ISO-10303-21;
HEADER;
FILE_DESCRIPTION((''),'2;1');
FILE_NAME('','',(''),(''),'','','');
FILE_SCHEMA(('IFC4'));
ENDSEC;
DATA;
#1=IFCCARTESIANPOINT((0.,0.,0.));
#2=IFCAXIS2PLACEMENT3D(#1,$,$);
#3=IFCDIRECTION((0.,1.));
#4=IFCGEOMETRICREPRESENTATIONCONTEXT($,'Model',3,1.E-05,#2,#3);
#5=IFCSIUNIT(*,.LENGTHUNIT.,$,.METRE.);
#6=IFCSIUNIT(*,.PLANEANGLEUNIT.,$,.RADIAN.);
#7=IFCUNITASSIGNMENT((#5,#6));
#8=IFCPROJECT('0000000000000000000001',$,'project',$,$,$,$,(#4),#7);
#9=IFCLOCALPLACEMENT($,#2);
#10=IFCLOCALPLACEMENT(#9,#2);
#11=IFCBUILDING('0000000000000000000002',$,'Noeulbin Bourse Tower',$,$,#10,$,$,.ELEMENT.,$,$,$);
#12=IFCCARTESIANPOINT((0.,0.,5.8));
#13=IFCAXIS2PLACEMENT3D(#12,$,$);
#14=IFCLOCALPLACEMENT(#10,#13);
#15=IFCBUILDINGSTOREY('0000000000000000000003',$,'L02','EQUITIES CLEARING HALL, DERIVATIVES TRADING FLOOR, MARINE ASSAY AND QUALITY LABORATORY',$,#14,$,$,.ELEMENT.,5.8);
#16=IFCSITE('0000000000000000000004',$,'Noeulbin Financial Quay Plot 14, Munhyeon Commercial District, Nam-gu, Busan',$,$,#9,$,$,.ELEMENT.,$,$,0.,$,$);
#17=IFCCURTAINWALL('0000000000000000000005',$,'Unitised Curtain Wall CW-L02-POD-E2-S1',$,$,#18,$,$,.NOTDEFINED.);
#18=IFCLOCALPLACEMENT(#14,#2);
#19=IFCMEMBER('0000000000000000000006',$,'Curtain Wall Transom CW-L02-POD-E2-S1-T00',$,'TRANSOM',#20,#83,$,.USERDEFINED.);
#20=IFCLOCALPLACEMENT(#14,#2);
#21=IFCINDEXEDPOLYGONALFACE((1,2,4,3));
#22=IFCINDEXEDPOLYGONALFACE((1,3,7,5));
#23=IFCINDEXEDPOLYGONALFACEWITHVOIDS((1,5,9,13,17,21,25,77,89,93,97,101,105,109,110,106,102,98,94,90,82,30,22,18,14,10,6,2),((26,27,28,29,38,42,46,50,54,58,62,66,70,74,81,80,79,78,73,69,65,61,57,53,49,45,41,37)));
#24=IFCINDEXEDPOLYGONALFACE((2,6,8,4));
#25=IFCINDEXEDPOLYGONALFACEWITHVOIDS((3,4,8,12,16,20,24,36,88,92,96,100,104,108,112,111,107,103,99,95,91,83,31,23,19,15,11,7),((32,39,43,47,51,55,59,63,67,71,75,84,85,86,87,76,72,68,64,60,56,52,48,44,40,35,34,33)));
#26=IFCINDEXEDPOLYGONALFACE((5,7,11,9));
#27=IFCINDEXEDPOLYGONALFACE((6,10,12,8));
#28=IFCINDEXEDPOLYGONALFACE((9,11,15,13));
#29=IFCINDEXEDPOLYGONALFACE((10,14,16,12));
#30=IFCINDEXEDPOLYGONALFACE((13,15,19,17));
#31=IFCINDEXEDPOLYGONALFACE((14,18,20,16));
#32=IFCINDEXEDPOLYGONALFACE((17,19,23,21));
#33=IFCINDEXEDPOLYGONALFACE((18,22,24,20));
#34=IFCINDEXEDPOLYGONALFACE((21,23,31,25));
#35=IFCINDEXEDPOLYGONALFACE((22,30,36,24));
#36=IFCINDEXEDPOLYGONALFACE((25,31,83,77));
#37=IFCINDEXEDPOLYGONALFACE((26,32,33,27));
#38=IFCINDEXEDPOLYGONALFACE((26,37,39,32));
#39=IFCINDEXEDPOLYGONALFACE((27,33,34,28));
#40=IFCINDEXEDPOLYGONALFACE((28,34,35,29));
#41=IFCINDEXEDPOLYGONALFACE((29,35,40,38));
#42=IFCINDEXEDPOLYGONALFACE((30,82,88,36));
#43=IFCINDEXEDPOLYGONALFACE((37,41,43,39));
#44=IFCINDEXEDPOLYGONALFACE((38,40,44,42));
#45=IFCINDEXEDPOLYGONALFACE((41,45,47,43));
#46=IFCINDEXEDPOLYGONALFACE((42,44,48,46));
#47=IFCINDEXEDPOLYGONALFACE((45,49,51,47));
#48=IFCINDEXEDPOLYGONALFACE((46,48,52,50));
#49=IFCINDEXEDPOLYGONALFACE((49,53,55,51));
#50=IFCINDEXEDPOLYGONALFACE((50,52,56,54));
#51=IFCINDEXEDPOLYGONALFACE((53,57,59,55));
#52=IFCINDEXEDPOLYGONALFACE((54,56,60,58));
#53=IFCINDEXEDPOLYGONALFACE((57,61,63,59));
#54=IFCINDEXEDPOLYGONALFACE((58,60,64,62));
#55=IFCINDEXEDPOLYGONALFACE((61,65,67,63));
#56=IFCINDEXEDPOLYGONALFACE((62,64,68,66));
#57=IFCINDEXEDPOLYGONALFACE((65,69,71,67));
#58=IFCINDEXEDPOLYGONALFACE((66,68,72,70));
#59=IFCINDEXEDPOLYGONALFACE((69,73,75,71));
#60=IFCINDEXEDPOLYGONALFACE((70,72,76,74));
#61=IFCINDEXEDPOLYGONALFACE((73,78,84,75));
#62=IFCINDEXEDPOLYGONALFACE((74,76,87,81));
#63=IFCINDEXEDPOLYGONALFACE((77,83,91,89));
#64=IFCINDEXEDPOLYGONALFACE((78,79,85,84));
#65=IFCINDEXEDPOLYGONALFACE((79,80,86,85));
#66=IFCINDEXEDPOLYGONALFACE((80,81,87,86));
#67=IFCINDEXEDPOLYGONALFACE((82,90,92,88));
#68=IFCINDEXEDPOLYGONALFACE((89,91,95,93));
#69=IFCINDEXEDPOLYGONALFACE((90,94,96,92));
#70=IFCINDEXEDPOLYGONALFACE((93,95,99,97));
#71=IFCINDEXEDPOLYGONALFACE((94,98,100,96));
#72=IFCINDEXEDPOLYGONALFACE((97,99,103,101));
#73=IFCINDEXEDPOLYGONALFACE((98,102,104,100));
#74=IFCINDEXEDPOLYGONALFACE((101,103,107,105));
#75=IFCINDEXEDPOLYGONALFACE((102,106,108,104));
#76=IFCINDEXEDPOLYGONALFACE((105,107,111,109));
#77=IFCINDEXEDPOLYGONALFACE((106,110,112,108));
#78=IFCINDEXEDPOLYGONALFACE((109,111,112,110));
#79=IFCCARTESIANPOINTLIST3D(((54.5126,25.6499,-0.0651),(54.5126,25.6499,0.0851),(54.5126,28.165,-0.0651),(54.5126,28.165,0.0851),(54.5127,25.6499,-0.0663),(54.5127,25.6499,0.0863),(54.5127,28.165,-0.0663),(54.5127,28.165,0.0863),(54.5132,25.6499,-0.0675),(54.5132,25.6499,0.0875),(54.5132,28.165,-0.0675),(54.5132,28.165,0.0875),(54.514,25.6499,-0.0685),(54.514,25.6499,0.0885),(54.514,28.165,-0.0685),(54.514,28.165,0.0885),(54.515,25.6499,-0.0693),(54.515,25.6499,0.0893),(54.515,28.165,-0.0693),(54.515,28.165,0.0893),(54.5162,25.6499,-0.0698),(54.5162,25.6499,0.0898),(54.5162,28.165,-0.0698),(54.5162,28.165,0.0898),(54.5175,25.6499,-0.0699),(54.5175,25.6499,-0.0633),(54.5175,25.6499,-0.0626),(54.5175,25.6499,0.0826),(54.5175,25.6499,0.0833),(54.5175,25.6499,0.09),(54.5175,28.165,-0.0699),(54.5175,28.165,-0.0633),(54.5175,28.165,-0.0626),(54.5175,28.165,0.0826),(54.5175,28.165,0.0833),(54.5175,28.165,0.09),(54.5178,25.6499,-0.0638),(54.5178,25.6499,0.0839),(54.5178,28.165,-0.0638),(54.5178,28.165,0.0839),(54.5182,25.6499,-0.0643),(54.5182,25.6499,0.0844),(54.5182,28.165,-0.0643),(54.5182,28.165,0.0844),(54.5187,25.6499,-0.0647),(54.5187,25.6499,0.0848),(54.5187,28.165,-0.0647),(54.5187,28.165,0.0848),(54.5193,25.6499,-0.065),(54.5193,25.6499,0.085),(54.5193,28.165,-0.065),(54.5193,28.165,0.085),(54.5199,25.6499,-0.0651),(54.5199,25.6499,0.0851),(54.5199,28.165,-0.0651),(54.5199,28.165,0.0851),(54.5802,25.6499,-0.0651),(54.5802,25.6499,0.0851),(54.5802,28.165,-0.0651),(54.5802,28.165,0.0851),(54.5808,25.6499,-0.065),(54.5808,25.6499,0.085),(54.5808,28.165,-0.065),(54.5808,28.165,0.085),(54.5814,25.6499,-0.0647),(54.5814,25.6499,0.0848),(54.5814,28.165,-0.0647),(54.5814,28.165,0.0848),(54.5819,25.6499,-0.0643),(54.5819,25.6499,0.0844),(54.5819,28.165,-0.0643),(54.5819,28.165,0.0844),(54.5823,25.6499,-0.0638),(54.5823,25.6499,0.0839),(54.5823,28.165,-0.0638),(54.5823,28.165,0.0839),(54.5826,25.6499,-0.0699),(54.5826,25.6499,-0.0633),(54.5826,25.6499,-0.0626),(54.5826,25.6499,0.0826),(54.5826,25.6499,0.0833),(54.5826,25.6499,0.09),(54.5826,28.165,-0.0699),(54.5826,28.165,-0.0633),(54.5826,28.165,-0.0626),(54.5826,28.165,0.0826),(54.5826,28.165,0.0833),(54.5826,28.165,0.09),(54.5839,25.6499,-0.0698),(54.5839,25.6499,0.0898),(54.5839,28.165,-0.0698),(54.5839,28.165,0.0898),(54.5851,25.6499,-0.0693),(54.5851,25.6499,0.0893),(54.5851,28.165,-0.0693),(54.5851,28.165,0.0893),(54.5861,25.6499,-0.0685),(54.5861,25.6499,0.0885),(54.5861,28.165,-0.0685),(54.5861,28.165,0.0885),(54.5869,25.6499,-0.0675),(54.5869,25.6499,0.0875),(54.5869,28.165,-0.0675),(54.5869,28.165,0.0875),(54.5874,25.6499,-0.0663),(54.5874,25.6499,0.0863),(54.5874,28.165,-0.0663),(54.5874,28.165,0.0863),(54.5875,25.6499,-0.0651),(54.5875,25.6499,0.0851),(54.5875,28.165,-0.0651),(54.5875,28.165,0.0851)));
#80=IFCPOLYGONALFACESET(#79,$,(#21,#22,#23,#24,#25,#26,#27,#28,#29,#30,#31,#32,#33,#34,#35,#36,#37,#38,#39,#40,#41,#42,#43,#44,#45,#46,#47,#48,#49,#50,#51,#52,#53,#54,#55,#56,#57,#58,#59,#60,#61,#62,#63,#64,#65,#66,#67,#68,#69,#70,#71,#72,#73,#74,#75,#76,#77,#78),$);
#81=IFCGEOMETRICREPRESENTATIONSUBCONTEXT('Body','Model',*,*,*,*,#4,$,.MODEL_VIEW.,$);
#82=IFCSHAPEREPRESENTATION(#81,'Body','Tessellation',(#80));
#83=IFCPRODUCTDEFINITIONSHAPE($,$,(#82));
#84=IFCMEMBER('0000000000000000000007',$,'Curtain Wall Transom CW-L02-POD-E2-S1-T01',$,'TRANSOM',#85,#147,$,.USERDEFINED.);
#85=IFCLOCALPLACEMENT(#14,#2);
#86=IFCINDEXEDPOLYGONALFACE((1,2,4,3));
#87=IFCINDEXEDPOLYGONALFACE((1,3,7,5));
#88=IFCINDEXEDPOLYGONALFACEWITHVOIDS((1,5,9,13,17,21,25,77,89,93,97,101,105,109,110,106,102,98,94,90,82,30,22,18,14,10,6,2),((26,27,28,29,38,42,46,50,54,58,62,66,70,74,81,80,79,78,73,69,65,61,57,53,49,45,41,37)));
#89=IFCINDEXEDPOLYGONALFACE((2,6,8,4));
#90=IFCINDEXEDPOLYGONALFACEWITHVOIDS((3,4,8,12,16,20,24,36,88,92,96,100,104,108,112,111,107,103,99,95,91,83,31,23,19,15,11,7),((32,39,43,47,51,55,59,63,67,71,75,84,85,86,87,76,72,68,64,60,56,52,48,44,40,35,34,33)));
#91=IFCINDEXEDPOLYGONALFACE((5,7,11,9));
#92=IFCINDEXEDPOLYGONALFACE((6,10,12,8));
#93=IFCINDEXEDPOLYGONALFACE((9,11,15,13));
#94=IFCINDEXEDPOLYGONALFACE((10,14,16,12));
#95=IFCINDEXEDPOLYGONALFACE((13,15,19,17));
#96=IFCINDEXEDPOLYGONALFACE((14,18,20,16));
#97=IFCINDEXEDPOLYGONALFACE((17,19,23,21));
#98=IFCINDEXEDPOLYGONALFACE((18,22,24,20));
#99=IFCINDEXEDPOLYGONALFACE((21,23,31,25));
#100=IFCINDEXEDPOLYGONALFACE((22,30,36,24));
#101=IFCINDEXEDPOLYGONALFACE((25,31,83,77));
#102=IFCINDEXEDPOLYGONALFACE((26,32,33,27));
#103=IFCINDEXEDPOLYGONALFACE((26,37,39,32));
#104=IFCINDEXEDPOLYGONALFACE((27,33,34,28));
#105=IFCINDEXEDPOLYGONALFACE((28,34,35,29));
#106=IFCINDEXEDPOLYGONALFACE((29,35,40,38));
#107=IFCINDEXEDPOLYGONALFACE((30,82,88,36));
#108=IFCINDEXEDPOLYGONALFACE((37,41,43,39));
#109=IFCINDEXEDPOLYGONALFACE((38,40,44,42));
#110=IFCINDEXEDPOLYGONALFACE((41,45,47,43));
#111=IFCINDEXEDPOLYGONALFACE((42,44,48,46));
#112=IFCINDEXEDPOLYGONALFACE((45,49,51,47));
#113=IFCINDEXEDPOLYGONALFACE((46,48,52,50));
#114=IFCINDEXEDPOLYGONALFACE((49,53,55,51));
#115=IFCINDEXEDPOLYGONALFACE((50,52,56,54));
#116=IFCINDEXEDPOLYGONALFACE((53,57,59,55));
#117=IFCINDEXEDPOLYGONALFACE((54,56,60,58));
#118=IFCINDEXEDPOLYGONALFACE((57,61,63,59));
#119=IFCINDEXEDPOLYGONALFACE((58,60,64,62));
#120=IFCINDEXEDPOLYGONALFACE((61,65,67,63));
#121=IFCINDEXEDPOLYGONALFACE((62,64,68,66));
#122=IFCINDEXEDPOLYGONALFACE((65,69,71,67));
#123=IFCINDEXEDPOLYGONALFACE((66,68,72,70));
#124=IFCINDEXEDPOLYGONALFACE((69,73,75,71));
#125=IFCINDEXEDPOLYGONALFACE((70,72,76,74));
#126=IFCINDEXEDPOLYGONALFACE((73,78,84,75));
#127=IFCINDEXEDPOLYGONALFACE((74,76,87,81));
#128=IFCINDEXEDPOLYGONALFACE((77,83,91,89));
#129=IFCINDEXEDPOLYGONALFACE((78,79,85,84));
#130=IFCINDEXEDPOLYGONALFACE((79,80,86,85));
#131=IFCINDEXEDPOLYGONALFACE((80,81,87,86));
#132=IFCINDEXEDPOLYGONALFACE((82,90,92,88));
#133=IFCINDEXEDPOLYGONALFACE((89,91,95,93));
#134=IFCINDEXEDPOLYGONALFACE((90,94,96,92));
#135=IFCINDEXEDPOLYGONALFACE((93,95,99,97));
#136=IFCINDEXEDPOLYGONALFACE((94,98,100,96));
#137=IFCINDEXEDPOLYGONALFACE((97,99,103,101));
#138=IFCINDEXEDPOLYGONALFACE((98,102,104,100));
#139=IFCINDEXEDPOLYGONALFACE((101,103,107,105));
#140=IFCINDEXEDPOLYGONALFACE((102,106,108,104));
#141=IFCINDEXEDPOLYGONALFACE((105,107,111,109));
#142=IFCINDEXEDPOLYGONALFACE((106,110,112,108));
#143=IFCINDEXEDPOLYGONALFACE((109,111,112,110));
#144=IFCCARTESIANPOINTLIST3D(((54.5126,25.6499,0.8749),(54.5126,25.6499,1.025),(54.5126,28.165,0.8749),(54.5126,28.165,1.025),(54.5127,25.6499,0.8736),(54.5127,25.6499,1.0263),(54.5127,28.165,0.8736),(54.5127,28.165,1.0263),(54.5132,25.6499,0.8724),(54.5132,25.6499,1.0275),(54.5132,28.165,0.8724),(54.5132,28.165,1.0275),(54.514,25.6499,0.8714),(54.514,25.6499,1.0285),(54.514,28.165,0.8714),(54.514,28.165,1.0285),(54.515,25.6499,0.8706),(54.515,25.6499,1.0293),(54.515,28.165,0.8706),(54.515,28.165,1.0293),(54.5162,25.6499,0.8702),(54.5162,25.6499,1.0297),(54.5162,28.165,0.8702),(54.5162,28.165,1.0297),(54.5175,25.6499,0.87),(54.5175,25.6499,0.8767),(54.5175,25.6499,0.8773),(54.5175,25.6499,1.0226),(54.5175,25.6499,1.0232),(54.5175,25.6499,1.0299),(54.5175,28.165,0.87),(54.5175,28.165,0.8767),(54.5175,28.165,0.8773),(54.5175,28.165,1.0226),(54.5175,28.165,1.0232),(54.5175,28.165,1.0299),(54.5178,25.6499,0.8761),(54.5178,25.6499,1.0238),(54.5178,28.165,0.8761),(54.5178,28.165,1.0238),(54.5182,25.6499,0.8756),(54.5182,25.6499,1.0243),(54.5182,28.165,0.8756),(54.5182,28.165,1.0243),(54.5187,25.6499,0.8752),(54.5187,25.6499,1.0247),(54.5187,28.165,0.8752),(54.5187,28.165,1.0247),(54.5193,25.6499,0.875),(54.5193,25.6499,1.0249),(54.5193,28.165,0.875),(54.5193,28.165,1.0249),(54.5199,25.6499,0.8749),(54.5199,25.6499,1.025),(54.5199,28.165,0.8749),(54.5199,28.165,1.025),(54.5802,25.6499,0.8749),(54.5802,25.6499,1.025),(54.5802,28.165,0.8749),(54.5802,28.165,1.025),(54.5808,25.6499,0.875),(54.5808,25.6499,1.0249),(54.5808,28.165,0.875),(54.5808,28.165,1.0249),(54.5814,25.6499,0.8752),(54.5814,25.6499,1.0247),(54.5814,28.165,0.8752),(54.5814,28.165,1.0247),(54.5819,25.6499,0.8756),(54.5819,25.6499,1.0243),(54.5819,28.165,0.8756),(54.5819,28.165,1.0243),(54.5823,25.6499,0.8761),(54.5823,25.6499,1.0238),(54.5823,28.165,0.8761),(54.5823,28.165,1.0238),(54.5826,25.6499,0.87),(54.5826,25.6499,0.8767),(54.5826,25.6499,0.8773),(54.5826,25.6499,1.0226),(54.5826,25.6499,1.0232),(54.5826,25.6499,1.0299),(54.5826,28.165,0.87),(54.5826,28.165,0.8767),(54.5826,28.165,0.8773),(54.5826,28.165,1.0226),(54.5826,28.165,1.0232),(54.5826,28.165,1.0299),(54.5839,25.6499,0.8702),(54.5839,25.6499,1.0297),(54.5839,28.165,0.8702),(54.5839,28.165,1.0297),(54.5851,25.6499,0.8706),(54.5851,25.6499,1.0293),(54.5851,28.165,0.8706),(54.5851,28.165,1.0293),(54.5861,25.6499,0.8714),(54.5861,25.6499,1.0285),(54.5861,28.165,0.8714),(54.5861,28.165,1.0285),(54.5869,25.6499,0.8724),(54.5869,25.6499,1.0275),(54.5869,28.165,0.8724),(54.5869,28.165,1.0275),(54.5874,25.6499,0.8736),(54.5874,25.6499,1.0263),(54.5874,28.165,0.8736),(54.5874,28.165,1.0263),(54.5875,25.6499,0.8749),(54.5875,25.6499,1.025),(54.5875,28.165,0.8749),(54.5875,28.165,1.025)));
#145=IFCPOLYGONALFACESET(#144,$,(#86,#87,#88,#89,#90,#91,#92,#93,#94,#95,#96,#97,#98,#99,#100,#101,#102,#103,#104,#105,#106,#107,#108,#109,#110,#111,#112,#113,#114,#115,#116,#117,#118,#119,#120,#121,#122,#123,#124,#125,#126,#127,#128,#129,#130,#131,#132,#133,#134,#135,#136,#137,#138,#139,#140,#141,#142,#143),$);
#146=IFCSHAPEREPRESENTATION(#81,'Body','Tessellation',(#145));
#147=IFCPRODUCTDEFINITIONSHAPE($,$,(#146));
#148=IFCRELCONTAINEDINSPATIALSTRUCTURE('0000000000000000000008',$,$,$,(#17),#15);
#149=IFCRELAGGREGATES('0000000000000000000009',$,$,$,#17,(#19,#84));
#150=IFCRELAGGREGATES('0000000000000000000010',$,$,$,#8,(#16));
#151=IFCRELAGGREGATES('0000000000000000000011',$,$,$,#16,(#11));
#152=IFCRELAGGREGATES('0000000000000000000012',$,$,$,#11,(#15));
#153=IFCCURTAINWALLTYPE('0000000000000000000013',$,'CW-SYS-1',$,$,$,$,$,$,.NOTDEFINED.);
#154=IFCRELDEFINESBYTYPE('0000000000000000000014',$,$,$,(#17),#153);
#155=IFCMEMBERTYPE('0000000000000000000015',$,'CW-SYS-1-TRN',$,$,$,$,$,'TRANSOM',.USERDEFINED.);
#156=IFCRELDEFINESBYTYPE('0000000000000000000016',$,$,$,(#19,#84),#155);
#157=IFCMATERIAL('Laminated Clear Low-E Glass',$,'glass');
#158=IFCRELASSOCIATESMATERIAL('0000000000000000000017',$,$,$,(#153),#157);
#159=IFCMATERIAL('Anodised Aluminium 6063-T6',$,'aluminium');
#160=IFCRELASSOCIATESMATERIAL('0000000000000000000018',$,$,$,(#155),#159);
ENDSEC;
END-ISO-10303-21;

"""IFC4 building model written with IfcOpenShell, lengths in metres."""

from ifc_helpers import new_model, si_unit, direction, frame, origin, origin_2d, place, context, subcontext, project, spatial, hollow_rectangle, extrude, material, material_profile, profile_set, type_object, element, aggregate, save


model = new_model("IFC4")

# Units and contexts
model_context = context("Model", 3, precision=1e-05, world=origin(), true_north=direction((0.0, 1.0)))
body_context = subcontext(model_context, "Body", "Model", "MODEL_VIEW")
ifc_project = project(units=[si_unit("LENGTHUNIT", "METRE"), si_unit("PLANEANGLEUNIT", "RADIAN")], contexts=[model_context])

# Site, building, storey
site_placement = place(None, origin())
site = spatial("IfcSite", under=ifc_project, at=site_placement, Name="Noeulbin Financial Quay Plot 14, Munhyeon Commercial District, Nam-gu, Busan", CompositionType="ELEMENT", RefElevation=0.0)
building_placement = place(site_placement, origin())
building = spatial("IfcBuilding", under=site, at=building_placement, Name="Noeulbin Bourse Tower", CompositionType="ELEMENT")
storey_placement = place(building_placement, frame((0.0, 0.0, 5.8)))
storey = spatial("IfcBuildingStorey", under=building, at=storey_placement, Name="L02", Description="EQUITIES CLEARING HALL, DERIVATIVES TRADING FLOOR, MARINE ASSAY AND QUALITY LABORATORY", CompositionType="ELEMENT", Elevation=5.8)

# Curtain wall
ifc_material_1 = material(Name="Laminated Clear Low-E Glass", Category="glass")
curtain_wall_type = type_object("IfcCurtainWallType", Name="CW-SYS-1", PredefinedType="NOTDEFINED", material=ifc_material_1)
curtain_wall_1_placement = place(storey_placement, origin())
curtain_wall_1 = element("IfcCurtainWall", 1, at=curtain_wall_1_placement, inside=storey, type_object=curtain_wall_type, Name="Unitised Curtain Wall CW-L02-POD-E2-S1", PredefinedType="NOTDEFINED")
ifc_material_2 = material(Name="Anodised Aluminium 6063-T6", Category="aluminium")

# Members
ifc_material_profile_1 = material_profile(ifc_material_2, hollow_rectangle(XDim=0.075, YDim=0.1599, WallThickness=0.0049, InnerFilletRadius=0.0024, OuterFilletRadius=0.0049, at=origin_2d()), Name="ALU-TRAN-75x160x5", Category="LoadBearing")
ifc_profile_set_1 = profile_set([ifc_material_profile_1], Name="Anodised Aluminium 6063-T6")
member_type_1 = type_object("IfcMemberType", Name="CW-SYS-1-TRN", ElementType="TRANSOM", PredefinedType="USERDEFINED", material=ifc_profile_set_1)
member_1_placement = place(storey_placement, frame((54.55, 25.6499, 0.01), z_axis=(0.0, 1.0, 0.0), x_axis=(-1.0, 0.0, 0.0)))
member_1 = element("IfcMember", 2, at=member_1_placement, type_object=member_type_1, Name="Curtain Wall Transom CW-L02-POD-E2-S1-T00", ObjectType="TRANSOM", PredefinedType="USERDEFINED", context=body_context, shape_type="SweptSolid", body=[
    extrude(hollow_rectangle(XDim=0.075, YDim=0.1599, WallThickness=0.0049, InnerFilletRadius=0.0024, OuterFilletRadius=0.0049, at=origin_2d()), origin(), (0.0, 0.0, 1.0), 2.5151),
])
member_2_placement = place(storey_placement, frame((54.55, 25.6499, 0.95), z_axis=(0.0, 1.0, 0.0), x_axis=(-1.0, 0.0, 0.0)))
member_2 = element("IfcMember", 3, at=member_2_placement, type_object=member_type_1, Name="Curtain Wall Transom CW-L02-POD-E2-S1-T01", ObjectType="TRANSOM", PredefinedType="USERDEFINED", context=body_context, shape_type="SweptSolid", body=[
    extrude(hollow_rectangle(XDim=0.075, YDim=0.1599, WallThickness=0.0049, InnerFilletRadius=0.0024, OuterFilletRadius=0.0049, at=origin_2d()), origin(), (0.0, 0.0, 1.0), 2.5151),
])

aggregate(curtain_wall_1, [member_1, member_2])

save(model, "model.ifc")
